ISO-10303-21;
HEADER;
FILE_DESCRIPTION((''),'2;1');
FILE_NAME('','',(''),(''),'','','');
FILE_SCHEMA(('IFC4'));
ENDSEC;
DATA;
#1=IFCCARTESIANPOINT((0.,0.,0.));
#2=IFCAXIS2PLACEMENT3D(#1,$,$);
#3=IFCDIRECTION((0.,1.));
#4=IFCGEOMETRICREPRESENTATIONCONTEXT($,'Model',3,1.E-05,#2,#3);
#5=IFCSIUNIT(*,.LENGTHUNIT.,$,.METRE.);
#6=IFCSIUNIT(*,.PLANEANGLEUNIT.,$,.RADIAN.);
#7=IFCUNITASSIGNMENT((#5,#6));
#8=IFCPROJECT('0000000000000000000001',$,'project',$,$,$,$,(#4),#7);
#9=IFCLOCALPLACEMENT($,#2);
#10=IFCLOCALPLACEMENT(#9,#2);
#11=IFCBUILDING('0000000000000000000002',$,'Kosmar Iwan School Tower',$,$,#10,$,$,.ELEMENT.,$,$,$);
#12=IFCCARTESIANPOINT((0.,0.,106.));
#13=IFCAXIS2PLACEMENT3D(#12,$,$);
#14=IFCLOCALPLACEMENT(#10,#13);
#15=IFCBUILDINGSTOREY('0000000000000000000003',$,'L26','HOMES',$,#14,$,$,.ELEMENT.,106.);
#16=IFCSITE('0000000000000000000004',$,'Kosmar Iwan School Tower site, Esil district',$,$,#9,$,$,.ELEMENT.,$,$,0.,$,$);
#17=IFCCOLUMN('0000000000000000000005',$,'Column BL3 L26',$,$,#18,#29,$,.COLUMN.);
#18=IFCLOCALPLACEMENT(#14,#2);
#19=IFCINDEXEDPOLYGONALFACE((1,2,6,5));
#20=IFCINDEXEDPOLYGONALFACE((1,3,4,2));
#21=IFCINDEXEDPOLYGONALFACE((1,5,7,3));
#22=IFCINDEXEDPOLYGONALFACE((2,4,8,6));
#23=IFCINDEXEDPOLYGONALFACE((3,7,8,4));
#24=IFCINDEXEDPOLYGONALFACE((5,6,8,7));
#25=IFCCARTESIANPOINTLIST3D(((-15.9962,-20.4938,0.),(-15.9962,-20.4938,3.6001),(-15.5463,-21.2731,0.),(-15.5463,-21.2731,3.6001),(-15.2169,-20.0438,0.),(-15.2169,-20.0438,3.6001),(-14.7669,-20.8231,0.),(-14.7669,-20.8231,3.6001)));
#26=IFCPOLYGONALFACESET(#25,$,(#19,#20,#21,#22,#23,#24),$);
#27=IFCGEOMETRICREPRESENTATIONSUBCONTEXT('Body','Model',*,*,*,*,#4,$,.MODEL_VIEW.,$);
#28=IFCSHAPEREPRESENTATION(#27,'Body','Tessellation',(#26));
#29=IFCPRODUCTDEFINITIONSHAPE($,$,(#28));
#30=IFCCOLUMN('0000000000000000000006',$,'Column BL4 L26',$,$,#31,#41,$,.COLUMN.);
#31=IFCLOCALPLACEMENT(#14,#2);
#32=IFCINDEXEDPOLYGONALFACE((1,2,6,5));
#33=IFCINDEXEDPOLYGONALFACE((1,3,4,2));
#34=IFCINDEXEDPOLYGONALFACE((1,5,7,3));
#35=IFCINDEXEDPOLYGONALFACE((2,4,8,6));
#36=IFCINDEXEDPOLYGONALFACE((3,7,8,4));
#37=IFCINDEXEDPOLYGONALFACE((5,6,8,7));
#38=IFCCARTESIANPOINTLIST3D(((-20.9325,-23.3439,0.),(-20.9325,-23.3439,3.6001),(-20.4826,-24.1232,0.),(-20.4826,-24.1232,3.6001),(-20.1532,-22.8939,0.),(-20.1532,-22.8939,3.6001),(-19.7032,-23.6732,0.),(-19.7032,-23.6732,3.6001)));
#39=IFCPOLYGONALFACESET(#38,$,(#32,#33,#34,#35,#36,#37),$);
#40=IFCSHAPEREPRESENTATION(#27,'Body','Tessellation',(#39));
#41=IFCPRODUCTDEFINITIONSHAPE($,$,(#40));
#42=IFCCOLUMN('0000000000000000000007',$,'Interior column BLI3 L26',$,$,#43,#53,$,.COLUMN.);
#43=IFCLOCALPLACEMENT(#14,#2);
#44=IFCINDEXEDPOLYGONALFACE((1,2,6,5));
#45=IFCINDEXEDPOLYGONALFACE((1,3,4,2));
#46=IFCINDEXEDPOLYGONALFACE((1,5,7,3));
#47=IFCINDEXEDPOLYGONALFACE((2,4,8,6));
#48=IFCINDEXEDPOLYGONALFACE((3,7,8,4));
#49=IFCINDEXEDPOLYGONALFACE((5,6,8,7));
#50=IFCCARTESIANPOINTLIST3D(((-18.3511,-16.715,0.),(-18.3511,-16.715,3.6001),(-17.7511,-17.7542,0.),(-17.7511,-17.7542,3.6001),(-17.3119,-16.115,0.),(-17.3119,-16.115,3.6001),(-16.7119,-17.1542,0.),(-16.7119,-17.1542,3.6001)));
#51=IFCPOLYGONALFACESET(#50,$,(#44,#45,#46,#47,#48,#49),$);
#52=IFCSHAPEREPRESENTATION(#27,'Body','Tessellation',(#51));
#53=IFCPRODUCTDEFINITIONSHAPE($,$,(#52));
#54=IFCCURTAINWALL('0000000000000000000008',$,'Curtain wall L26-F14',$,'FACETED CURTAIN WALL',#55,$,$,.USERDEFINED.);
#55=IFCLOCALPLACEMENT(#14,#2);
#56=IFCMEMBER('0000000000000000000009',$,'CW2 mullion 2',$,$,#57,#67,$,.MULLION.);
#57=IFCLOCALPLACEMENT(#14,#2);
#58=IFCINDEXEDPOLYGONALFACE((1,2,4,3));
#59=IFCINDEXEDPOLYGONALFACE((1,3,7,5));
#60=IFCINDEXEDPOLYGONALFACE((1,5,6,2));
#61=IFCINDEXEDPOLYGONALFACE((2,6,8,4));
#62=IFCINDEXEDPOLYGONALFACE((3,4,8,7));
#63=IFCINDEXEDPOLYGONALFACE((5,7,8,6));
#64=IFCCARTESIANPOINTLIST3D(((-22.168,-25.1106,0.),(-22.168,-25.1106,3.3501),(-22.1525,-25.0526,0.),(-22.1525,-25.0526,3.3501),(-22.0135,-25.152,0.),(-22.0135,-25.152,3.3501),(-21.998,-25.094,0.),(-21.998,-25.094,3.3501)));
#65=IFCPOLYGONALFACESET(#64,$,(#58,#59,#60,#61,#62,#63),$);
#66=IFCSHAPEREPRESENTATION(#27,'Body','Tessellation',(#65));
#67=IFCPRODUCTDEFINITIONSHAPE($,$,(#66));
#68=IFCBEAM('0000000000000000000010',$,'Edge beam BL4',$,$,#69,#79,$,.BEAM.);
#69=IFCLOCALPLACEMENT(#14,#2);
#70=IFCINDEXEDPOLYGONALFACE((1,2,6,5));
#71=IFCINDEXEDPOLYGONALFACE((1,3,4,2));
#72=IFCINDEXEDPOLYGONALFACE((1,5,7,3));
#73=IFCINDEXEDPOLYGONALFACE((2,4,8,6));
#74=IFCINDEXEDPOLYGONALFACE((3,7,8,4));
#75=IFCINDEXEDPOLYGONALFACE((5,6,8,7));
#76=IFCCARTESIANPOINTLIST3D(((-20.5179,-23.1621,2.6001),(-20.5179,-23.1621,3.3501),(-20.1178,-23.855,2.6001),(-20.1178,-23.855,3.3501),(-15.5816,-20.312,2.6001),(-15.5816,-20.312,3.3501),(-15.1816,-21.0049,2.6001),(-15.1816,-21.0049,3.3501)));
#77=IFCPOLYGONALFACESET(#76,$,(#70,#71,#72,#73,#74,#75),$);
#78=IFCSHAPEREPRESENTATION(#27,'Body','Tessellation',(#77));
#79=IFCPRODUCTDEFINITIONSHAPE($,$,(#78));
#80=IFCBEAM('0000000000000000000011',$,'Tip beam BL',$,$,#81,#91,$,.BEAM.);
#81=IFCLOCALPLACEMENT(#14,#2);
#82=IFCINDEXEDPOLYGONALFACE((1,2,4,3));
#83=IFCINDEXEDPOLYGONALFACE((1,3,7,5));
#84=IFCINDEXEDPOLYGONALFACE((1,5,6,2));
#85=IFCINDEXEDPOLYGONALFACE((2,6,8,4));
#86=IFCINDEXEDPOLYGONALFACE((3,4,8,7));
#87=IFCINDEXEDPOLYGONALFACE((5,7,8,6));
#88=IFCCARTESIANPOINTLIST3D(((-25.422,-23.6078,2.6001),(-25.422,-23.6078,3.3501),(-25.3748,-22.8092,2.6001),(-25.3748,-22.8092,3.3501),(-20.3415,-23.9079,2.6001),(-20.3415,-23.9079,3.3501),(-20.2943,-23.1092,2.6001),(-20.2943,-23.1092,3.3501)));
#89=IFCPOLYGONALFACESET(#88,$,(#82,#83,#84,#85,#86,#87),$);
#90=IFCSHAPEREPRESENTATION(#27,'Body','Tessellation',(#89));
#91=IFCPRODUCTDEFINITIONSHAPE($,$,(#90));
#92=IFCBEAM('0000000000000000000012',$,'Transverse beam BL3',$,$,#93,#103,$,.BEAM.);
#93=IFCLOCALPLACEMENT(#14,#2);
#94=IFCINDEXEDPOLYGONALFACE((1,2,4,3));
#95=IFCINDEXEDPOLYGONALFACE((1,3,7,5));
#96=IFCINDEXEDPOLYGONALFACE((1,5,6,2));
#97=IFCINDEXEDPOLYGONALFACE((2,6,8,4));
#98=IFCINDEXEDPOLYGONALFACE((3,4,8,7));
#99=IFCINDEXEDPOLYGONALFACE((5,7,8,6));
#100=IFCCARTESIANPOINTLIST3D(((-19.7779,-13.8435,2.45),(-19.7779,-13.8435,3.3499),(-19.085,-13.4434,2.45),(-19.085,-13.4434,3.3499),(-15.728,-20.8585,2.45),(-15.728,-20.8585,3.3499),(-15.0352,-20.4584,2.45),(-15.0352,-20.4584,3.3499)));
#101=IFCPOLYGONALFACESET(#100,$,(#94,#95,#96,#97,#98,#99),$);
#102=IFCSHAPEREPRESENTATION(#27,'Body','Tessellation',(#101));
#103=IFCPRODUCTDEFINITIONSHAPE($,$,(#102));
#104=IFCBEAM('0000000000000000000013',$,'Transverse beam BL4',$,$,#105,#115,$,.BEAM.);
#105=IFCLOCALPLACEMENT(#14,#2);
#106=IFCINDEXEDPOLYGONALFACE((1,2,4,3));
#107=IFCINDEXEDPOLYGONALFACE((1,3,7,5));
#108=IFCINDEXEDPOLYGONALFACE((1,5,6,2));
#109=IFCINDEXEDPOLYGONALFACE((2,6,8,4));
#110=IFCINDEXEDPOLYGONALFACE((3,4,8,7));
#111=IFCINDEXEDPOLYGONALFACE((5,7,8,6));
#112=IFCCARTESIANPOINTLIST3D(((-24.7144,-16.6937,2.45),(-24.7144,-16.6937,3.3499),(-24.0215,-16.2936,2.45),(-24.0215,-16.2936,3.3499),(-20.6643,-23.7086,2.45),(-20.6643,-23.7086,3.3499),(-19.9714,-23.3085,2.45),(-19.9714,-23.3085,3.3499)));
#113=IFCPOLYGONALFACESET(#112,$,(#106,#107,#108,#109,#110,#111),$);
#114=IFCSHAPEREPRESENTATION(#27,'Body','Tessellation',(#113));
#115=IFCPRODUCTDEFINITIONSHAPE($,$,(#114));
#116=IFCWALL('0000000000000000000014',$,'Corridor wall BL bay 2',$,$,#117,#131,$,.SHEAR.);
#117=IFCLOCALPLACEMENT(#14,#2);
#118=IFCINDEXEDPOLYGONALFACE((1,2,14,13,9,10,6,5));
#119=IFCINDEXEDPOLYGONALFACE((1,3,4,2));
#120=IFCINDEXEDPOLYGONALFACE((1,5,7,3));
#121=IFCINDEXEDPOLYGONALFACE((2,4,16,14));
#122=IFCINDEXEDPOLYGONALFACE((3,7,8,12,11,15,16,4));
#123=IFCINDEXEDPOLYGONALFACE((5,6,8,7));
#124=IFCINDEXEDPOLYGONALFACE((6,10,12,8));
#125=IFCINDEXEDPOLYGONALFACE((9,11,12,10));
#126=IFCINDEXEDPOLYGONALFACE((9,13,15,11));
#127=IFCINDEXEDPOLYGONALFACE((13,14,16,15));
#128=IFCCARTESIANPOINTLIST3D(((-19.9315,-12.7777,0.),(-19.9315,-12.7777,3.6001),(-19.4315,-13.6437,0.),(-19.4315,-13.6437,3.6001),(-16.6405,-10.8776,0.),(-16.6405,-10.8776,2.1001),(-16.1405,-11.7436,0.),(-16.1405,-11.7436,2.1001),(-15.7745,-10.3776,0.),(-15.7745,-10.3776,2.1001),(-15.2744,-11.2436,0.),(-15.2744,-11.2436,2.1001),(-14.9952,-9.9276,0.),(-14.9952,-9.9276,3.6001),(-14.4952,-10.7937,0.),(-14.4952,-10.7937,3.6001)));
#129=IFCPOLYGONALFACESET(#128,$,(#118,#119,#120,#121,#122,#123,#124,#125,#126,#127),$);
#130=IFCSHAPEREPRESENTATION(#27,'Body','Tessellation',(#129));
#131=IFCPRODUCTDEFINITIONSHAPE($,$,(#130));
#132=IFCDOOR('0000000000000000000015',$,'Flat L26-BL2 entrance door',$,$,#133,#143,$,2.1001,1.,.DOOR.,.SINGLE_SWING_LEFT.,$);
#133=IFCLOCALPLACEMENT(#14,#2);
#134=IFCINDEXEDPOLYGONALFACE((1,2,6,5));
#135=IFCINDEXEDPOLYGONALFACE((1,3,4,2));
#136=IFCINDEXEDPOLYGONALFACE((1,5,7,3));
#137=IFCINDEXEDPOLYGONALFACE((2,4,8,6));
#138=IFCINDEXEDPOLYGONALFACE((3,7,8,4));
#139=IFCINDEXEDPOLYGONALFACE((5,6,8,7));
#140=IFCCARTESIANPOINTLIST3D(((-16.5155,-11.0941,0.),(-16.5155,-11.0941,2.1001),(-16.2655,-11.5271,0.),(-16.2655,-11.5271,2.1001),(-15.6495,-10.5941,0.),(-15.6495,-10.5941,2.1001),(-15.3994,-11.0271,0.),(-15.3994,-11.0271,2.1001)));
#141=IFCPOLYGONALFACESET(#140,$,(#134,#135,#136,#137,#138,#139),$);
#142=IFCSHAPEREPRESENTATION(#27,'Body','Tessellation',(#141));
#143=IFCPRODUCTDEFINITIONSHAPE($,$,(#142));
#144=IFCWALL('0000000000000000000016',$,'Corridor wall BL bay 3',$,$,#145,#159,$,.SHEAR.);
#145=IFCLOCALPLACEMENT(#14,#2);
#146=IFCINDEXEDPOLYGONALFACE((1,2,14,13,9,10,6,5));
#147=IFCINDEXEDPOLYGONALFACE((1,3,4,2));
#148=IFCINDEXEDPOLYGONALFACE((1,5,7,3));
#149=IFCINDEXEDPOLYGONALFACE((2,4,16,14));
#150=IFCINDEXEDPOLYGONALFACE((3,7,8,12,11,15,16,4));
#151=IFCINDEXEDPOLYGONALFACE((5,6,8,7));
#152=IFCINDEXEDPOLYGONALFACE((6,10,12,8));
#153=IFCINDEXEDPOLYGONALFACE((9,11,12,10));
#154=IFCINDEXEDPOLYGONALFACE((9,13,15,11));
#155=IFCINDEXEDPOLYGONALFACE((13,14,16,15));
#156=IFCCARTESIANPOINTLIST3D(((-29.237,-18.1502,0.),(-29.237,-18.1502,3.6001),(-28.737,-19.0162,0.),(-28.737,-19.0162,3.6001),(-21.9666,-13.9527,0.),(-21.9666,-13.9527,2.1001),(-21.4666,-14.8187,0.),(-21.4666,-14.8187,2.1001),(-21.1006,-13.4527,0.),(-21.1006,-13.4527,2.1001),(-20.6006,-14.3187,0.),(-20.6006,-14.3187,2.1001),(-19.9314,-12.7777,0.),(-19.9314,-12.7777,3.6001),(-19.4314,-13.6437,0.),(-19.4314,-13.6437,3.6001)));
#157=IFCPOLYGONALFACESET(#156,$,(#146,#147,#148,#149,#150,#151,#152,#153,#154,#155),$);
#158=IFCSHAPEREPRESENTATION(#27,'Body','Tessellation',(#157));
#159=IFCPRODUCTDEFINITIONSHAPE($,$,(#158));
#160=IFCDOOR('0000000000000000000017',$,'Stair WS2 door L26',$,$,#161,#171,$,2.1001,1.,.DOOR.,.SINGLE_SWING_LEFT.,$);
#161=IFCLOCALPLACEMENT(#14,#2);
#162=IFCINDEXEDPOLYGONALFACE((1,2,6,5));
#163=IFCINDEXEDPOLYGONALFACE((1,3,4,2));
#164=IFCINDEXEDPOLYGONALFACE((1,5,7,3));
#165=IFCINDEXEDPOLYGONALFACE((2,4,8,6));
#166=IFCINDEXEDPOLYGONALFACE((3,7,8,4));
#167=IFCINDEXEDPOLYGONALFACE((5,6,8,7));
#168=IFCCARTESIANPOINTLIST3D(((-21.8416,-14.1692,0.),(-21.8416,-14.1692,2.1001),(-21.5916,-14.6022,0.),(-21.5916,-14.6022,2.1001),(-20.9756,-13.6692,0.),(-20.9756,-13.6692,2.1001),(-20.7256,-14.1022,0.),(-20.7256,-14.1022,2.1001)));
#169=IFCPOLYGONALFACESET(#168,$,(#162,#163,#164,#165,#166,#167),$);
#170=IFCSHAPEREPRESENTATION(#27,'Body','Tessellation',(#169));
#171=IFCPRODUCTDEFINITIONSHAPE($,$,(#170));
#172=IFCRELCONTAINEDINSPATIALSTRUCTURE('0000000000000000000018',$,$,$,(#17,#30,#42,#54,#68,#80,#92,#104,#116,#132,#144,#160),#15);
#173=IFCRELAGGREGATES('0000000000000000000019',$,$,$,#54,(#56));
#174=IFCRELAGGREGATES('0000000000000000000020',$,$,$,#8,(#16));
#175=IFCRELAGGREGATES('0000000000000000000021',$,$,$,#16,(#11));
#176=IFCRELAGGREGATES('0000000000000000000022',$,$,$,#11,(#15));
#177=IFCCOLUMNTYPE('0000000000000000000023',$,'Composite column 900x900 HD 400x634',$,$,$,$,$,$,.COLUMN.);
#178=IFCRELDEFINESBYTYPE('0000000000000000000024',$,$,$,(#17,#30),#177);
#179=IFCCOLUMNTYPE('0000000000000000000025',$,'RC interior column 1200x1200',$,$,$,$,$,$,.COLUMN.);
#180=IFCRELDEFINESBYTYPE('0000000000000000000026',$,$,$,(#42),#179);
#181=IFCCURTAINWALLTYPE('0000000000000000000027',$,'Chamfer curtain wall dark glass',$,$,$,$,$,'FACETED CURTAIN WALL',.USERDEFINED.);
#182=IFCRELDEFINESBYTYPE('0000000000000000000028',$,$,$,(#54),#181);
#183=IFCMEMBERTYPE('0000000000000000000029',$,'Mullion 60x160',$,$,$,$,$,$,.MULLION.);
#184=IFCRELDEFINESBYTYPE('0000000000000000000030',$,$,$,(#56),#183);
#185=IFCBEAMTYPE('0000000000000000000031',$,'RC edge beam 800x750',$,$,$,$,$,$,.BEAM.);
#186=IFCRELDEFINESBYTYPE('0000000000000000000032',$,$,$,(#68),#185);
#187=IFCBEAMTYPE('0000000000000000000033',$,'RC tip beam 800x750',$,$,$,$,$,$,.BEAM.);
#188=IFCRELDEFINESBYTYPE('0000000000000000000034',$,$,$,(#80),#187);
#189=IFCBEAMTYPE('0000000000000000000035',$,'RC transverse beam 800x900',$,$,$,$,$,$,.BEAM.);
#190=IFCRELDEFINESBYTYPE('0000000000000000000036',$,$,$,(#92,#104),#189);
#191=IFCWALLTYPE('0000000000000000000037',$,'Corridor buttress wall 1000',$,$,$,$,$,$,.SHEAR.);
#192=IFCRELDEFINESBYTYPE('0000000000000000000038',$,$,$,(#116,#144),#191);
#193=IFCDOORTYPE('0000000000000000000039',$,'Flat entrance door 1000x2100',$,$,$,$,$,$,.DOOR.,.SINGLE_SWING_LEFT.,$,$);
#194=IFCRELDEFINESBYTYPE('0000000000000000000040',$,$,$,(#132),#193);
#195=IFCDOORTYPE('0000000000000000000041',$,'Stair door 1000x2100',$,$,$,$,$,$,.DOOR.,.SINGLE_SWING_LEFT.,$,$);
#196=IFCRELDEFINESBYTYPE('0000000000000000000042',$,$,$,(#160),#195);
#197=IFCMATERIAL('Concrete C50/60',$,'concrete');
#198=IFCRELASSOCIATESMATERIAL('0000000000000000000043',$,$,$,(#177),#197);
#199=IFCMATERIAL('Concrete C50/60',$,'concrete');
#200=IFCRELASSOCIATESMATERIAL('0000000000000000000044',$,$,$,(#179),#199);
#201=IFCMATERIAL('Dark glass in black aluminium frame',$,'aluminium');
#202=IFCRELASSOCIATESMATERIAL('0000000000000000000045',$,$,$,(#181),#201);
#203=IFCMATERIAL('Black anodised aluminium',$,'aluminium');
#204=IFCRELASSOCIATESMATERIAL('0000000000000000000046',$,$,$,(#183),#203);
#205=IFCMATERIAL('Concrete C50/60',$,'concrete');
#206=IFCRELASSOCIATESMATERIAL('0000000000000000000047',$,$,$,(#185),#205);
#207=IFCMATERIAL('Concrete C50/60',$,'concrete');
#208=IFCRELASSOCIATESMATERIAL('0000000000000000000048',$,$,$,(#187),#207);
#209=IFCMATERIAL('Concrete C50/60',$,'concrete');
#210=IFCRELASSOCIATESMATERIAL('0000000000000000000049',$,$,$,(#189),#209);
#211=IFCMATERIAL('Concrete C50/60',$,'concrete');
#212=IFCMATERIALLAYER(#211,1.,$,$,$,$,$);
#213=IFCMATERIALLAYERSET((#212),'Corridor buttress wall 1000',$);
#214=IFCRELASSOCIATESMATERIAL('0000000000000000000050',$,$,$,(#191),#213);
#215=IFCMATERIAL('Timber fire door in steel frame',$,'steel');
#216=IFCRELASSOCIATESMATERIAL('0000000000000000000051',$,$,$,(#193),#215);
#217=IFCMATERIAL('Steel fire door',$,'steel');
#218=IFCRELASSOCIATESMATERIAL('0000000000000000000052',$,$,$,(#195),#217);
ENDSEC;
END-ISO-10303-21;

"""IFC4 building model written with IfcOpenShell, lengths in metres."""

from ifc_helpers import new_model, si_unit, direction, frame, frame_2d, origin, origin_2d, place, context, subcontext, project, spatial, rectangle, extrude, material, layer, layer_set, material_profile, profile_set, type_object, element, fill, aggregate, save


model = new_model("IFC4")

# Units and contexts
model_context = context("Model", 3, precision=1e-05, world=origin(), true_north=direction((0.0, 1.0)))
body_context = subcontext(model_context, "Body", "Model", "MODEL_VIEW")
ifc_project = project(units=[si_unit("LENGTHUNIT", "METRE"), si_unit("PLANEANGLEUNIT", "RADIAN")], contexts=[model_context])

# Site, building, storey
site_placement = place(None, origin())
site = spatial("IfcSite", under=ifc_project, at=site_placement, Name="Kosmar Iwan School Tower site, Esil district", CompositionType="ELEMENT", RefElevation=0.0)
building_placement = place(site_placement, origin())
building = spatial("IfcBuilding", under=site, at=building_placement, Name="Kosmar Iwan School Tower", CompositionType="ELEMENT")
storey_placement = place(building_placement, frame((0.0, 0.0, 106.0)))
storey = spatial("IfcBuildingStorey", under=building, at=storey_placement, Name="L26", Description="HOMES", CompositionType="ELEMENT", Elevation=106.0)

# Columns
ifc_material_1 = material(Name="Concrete C50/60", Category="concrete")
ifc_material_profile_1 = material_profile(ifc_material_1, rectangle(XDim=0.8999, YDim=0.8999, at=origin_2d()), Name="RC 900x900 + HD 400x634")
ifc_profile_set_1 = profile_set([ifc_material_profile_1], Name="Concrete C50/60")
column_type_1 = type_object("IfcColumnType", Name="Composite column 900x900 HD 400x634", PredefinedType="COLUMN", material=ifc_profile_set_1)
for number, where, z_axis, x_axis, name in (
    (1, (-15.3816, -20.6584, 0.0), (0.0, 0.0, 1.0), (-0.866025, -0.5, 0.0), "Column BL3 L26"),
    (2, (-20.3179, -23.5085, 0.0), (0.0, 0.0, 1.0), (-0.866025, -0.5, 0.0), "Column BL4 L26"),
):
    element("IfcColumn", number, at=place(storey_placement, frame(where, z_axis=z_axis, x_axis=x_axis)), inside=storey, type_object=column_type_1, Name=name, PredefinedType="COLUMN", context=body_context, shape_type="SweptSolid", body=[
        extrude(rectangle(XDim=0.8999, YDim=0.8999, at=origin_2d()), origin(), (0.0, 0.0, 1.0), 3.6001),
    ])
ifc_material_2 = material(Name="Concrete C50/60", Category="concrete")
ifc_material_profile_2 = material_profile(ifc_material_2, rectangle(XDim=1.2, YDim=1.2, at=origin_2d()), Name="RC 1200x1200")
ifc_profile_set_2 = profile_set([ifc_material_profile_2], Name="Concrete C50/60")
column_type_2 = type_object("IfcColumnType", Name="RC interior column 1200x1200", PredefinedType="COLUMN", material=ifc_profile_set_2)
column_placement = place(storey_placement, frame((-17.5315, -16.9346, 0.0), z_axis=(0.0, 0.0, 1.0), x_axis=(-0.866025, -0.5, 0.0)))
element("IfcColumn", 3, at=column_placement, inside=storey, type_object=column_type_2, Name="Interior column BLI3 L26", PredefinedType="COLUMN", context=body_context, shape_type="SweptSolid", body=[
    extrude(rectangle(XDim=1.2, YDim=1.2, at=origin_2d()), origin(), (0.0, 0.0, 1.0), 3.6001),
])

# Curtain wall, member
ifc_material_3 = material(Name="Dark glass in black aluminium frame", Category="aluminium")
curtain_wall_type = type_object("IfcCurtainWallType", Name="Chamfer curtain wall dark glass", ElementType="FACETED CURTAIN WALL", PredefinedType="USERDEFINED", material=ifc_material_3)
curtain_wall_placement = place(storey_placement, origin())
curtain_wall = element("IfcCurtainWall", 4, at=curtain_wall_placement, inside=storey, type_object=curtain_wall_type, Name="Curtain wall L26-F14", ObjectType="FACETED CURTAIN WALL", PredefinedType="USERDEFINED")
ifc_material_4 = material(Name="Black anodised aluminium", Category="aluminium")
ifc_material_profile_3 = material_profile(ifc_material_4, rectangle(XDim=0.0601, YDim=0.1599, at=origin_2d()), Name="MULLION 60x160")
ifc_profile_set_3 = profile_set([ifc_material_profile_3], Name="Black anodised aluminium")
member_type = type_object("IfcMemberType", Name="Mullion 60x160", PredefinedType="MULLION", material=ifc_profile_set_3)
member_placement = place(storey_placement, frame((-22.083, -25.1023, 0.0), z_axis=(0.0, 0.0, 1.0), x_axis=(0.258819, 0.965926, 0.0)))
member = element("IfcMember", 5, at=member_placement, type_object=member_type, Name="CW2 mullion 2", PredefinedType="MULLION", context=body_context, shape_type="SweptSolid", body=[
    extrude(rectangle(XDim=0.0601, YDim=0.1599, at=origin_2d()), origin(), (0.0, 0.0, 1.0), 3.3501),
])
aggregate(curtain_wall, [member])

# Beams
ifc_material_5 = material(Name="Concrete C50/60", Category="concrete")
ifc_material_profile_4 = material_profile(ifc_material_5, rectangle(XDim=0.8, YDim=0.75, at=origin_2d()), Name="RC 800x750")
ifc_profile_set_4 = profile_set([ifc_material_profile_4], Name="Concrete C50/60")
beam_type_1 = type_object("IfcBeamType", Name="RC edge beam 800x750", PredefinedType="BEAM", material=ifc_profile_set_4)
beam_1_placement = place(storey_placement, frame((-15.3816, -20.6584, 2.9751), z_axis=(-0.866015, -0.500018, 0.0), x_axis=(0.500018, -0.866015, 0.0)))
element("IfcBeam", 6, at=beam_1_placement, inside=storey, type_object=beam_type_1, Name="Edge beam BL4", PredefinedType="BEAM", context=body_context, shape_type="SweptSolid", body=[
    extrude(rectangle(XDim=0.8, YDim=0.75, at=origin_2d()), origin(), (0.0, 0.0, 1.0), 5.7),
])
ifc_material_6 = material(Name="Concrete C50/60", Category="concrete")
ifc_material_profile_5 = material_profile(ifc_material_6, rectangle(XDim=0.8, YDim=0.75, at=origin_2d()), Name="RC 800x750")
ifc_profile_set_5 = profile_set([ifc_material_profile_5], Name="Concrete C50/60")
beam_type_2 = type_object("IfcBeamType", Name="RC tip beam 800x750", PredefinedType="BEAM", material=ifc_profile_set_5)
beam_2_placement = place(storey_placement, frame((-20.3179, -23.5085, 2.9751), z_axis=(-0.998261, 0.058955, 0.0), x_axis=(-0.058955, -0.998261, 0.0)))
element("IfcBeam", 7, at=beam_2_placement, inside=storey, type_object=beam_type_2, Name="Tip beam BL", PredefinedType="BEAM", context=body_context, shape_type="SweptSolid", body=[
    extrude(rectangle(XDim=0.8, YDim=0.75, at=origin_2d()), origin(), (0.0, 0.0, 1.0), 5.0894),
])
ifc_material_7 = material(Name="Concrete C50/60", Category="concrete")
ifc_material_profile_6 = material_profile(ifc_material_7, rectangle(XDim=0.8, YDim=0.8999, at=origin_2d()), Name="RC 800x900")
ifc_profile_set_6 = profile_set([ifc_material_profile_6], Name="Concrete C50/60")
beam_type_3 = type_object("IfcBeamType", Name="RC transverse beam 800x900", PredefinedType="BEAM", material=ifc_profile_set_6)
for number, where, z_axis, x_axis, name in (
    (8, (-15.3816, -20.6584, 2.8999), (-0.499977, 0.866039, 0.0), (-0.866039, -0.499977, 0.0), "Transverse beam BL3"),
    (9, (-20.3179, -23.5085, 2.8999), (-0.5, 0.866025, 0.0), (-0.866025, -0.5, 0.0), "Transverse beam BL4"),
):
    element("IfcBeam", number, at=place(storey_placement, frame(where, z_axis=z_axis, x_axis=x_axis)), inside=storey, type_object=beam_type_3, Name=name, PredefinedType="BEAM", context=body_context, shape_type="SweptSolid", body=[
        extrude(rectangle(XDim=0.8, YDim=0.8999, at=origin_2d()), origin(), (0.0, 0.0, 1.0), 8.1001),
    ])

# Walls, openings, doors
ifc_material_8 = material(Name="Concrete C50/60", Category="concrete")
ifc_layer_1 = layer(ifc_material_8, 1.0)
ifc_layer_set_1 = layer_set([ifc_layer_1], Name="Corridor buttress wall 1000")
wall_type_1 = type_object("IfcWallType", Name="Corridor buttress wall 1000", PredefinedType="SHEAR", material=ifc_layer_set_1)
wall_1_placement = place(storey_placement, frame((-14.7451, -10.3606, 0.0), z_axis=(0.0, 0.0, 1.0), x_axis=(-0.866015, -0.500018, 0.0)))
wall_1 = element("IfcWall", 10, at=wall_1_placement, inside=storey, type_object=wall_type_1, Name="Corridor wall BL bay 2", PredefinedType="SHEAR", context=body_context, shape_type="SweptSolid", body=[
    extrude(rectangle(XDim=5.7, YDim=1.0, at=frame_2d((2.8501, 0.0))), origin(), (0.0, 0.0, 1.0), 3.6001),
])
opening_1_placement = place(wall_1_placement, frame((0.8999, 0.0, 0.0)))
opening_1 = element("IfcOpeningElement", 11, at=opening_1_placement, cuts=wall_1, PredefinedType="OPENING", context=body_context, shape_type="SweptSolid", body=[
    extrude(rectangle(XDim=1.0, YDim=2.1001, at=frame_2d((0.5, 1.05))), frame((0.0, 0.512, 0.0), z_axis=(0.0, -1.0, 0.0), x_axis=(1.0, 0.0, 0.0)), (0.0, 0.0, 1.0), 1.0239),
])
ifc_material_9 = material(Name="Timber fire door in steel frame", Category="steel")
door_type_1 = type_object("IfcDoorType", Name="Flat entrance door 1000x2100", OperationType="SINGLE_SWING_LEFT", PredefinedType="DOOR", material=ifc_material_9)
door_1_placement = place(opening_1_placement, origin())
door_1 = element("IfcDoor", 12, at=door_1_placement, inside=storey, type_object=door_type_1, Name="Flat L26-BL2 entrance door", OperationType="SINGLE_SWING_LEFT", OverallHeight=2.1001, OverallWidth=1.0, PredefinedType="DOOR", context=body_context, shape_type="SweptSolid", body=[
    extrude(rectangle(XDim=1.0, YDim=2.1001, at=frame_2d((0.5, 1.05))), frame((0.0, 0.25, 0.0), z_axis=(0.0, -1.0, 0.0), x_axis=(1.0, 0.0, 0.0)), (0.0, 0.0, 1.0), 0.5),
])
fill(opening_1, door_1)
wall_2_placement = place(storey_placement, frame((-19.6814, -13.2107, 0.0), z_axis=(0.0, 0.0, 1.0), x_axis=(-0.866028, -0.499995, 0.0)))
wall_2 = element("IfcWall", 13, at=wall_2_placement, inside=storey, type_object=wall_type_1, Name="Corridor wall BL bay 3", PredefinedType="SHEAR", context=body_context, shape_type="SweptSolid", body=[
    extrude(rectangle(XDim=10.7451, YDim=1.0, at=frame_2d((5.3726, 0.0))), origin(), (0.0, 0.0, 1.0), 3.6001),
])
opening_2_placement = place(wall_2_placement, frame((1.3501, 0.0, 0.0)))
opening_2 = element("IfcOpeningElement", 14, at=opening_2_placement, cuts=wall_2, PredefinedType="OPENING", context=body_context, shape_type="SweptSolid", body=[
    extrude(rectangle(XDim=1.0, YDim=2.1001, at=frame_2d((0.5, 1.05))), frame((0.0, 0.512, 0.0), z_axis=(0.0, -1.0, 0.0), x_axis=(1.0, 0.0, 0.0)), (0.0, 0.0, 1.0), 1.0239),
])
ifc_material_10 = material(Name="Steel fire door", Category="steel")
door_type_2 = type_object("IfcDoorType", Name="Stair door 1000x2100", OperationType="SINGLE_SWING_LEFT", PredefinedType="DOOR", material=ifc_material_10)
door_2_placement = place(opening_2_placement, origin())
door_2 = element("IfcDoor", 15, at=door_2_placement, inside=storey, type_object=door_type_2, Name="Stair WS2 door L26", OperationType="SINGLE_SWING_LEFT", OverallHeight=2.1001, OverallWidth=1.0, PredefinedType="DOOR", context=body_context, shape_type="SweptSolid", body=[
    extrude(rectangle(XDim=1.0, YDim=2.1001, at=frame_2d((0.5, 1.05))), frame((0.0, 0.25, 0.0), z_axis=(0.0, -1.0, 0.0), x_axis=(1.0, 0.0, 0.0)), (0.0, 0.0, 1.0), 0.5),
])
fill(opening_2, door_2)

save(model, "model.ifc")
